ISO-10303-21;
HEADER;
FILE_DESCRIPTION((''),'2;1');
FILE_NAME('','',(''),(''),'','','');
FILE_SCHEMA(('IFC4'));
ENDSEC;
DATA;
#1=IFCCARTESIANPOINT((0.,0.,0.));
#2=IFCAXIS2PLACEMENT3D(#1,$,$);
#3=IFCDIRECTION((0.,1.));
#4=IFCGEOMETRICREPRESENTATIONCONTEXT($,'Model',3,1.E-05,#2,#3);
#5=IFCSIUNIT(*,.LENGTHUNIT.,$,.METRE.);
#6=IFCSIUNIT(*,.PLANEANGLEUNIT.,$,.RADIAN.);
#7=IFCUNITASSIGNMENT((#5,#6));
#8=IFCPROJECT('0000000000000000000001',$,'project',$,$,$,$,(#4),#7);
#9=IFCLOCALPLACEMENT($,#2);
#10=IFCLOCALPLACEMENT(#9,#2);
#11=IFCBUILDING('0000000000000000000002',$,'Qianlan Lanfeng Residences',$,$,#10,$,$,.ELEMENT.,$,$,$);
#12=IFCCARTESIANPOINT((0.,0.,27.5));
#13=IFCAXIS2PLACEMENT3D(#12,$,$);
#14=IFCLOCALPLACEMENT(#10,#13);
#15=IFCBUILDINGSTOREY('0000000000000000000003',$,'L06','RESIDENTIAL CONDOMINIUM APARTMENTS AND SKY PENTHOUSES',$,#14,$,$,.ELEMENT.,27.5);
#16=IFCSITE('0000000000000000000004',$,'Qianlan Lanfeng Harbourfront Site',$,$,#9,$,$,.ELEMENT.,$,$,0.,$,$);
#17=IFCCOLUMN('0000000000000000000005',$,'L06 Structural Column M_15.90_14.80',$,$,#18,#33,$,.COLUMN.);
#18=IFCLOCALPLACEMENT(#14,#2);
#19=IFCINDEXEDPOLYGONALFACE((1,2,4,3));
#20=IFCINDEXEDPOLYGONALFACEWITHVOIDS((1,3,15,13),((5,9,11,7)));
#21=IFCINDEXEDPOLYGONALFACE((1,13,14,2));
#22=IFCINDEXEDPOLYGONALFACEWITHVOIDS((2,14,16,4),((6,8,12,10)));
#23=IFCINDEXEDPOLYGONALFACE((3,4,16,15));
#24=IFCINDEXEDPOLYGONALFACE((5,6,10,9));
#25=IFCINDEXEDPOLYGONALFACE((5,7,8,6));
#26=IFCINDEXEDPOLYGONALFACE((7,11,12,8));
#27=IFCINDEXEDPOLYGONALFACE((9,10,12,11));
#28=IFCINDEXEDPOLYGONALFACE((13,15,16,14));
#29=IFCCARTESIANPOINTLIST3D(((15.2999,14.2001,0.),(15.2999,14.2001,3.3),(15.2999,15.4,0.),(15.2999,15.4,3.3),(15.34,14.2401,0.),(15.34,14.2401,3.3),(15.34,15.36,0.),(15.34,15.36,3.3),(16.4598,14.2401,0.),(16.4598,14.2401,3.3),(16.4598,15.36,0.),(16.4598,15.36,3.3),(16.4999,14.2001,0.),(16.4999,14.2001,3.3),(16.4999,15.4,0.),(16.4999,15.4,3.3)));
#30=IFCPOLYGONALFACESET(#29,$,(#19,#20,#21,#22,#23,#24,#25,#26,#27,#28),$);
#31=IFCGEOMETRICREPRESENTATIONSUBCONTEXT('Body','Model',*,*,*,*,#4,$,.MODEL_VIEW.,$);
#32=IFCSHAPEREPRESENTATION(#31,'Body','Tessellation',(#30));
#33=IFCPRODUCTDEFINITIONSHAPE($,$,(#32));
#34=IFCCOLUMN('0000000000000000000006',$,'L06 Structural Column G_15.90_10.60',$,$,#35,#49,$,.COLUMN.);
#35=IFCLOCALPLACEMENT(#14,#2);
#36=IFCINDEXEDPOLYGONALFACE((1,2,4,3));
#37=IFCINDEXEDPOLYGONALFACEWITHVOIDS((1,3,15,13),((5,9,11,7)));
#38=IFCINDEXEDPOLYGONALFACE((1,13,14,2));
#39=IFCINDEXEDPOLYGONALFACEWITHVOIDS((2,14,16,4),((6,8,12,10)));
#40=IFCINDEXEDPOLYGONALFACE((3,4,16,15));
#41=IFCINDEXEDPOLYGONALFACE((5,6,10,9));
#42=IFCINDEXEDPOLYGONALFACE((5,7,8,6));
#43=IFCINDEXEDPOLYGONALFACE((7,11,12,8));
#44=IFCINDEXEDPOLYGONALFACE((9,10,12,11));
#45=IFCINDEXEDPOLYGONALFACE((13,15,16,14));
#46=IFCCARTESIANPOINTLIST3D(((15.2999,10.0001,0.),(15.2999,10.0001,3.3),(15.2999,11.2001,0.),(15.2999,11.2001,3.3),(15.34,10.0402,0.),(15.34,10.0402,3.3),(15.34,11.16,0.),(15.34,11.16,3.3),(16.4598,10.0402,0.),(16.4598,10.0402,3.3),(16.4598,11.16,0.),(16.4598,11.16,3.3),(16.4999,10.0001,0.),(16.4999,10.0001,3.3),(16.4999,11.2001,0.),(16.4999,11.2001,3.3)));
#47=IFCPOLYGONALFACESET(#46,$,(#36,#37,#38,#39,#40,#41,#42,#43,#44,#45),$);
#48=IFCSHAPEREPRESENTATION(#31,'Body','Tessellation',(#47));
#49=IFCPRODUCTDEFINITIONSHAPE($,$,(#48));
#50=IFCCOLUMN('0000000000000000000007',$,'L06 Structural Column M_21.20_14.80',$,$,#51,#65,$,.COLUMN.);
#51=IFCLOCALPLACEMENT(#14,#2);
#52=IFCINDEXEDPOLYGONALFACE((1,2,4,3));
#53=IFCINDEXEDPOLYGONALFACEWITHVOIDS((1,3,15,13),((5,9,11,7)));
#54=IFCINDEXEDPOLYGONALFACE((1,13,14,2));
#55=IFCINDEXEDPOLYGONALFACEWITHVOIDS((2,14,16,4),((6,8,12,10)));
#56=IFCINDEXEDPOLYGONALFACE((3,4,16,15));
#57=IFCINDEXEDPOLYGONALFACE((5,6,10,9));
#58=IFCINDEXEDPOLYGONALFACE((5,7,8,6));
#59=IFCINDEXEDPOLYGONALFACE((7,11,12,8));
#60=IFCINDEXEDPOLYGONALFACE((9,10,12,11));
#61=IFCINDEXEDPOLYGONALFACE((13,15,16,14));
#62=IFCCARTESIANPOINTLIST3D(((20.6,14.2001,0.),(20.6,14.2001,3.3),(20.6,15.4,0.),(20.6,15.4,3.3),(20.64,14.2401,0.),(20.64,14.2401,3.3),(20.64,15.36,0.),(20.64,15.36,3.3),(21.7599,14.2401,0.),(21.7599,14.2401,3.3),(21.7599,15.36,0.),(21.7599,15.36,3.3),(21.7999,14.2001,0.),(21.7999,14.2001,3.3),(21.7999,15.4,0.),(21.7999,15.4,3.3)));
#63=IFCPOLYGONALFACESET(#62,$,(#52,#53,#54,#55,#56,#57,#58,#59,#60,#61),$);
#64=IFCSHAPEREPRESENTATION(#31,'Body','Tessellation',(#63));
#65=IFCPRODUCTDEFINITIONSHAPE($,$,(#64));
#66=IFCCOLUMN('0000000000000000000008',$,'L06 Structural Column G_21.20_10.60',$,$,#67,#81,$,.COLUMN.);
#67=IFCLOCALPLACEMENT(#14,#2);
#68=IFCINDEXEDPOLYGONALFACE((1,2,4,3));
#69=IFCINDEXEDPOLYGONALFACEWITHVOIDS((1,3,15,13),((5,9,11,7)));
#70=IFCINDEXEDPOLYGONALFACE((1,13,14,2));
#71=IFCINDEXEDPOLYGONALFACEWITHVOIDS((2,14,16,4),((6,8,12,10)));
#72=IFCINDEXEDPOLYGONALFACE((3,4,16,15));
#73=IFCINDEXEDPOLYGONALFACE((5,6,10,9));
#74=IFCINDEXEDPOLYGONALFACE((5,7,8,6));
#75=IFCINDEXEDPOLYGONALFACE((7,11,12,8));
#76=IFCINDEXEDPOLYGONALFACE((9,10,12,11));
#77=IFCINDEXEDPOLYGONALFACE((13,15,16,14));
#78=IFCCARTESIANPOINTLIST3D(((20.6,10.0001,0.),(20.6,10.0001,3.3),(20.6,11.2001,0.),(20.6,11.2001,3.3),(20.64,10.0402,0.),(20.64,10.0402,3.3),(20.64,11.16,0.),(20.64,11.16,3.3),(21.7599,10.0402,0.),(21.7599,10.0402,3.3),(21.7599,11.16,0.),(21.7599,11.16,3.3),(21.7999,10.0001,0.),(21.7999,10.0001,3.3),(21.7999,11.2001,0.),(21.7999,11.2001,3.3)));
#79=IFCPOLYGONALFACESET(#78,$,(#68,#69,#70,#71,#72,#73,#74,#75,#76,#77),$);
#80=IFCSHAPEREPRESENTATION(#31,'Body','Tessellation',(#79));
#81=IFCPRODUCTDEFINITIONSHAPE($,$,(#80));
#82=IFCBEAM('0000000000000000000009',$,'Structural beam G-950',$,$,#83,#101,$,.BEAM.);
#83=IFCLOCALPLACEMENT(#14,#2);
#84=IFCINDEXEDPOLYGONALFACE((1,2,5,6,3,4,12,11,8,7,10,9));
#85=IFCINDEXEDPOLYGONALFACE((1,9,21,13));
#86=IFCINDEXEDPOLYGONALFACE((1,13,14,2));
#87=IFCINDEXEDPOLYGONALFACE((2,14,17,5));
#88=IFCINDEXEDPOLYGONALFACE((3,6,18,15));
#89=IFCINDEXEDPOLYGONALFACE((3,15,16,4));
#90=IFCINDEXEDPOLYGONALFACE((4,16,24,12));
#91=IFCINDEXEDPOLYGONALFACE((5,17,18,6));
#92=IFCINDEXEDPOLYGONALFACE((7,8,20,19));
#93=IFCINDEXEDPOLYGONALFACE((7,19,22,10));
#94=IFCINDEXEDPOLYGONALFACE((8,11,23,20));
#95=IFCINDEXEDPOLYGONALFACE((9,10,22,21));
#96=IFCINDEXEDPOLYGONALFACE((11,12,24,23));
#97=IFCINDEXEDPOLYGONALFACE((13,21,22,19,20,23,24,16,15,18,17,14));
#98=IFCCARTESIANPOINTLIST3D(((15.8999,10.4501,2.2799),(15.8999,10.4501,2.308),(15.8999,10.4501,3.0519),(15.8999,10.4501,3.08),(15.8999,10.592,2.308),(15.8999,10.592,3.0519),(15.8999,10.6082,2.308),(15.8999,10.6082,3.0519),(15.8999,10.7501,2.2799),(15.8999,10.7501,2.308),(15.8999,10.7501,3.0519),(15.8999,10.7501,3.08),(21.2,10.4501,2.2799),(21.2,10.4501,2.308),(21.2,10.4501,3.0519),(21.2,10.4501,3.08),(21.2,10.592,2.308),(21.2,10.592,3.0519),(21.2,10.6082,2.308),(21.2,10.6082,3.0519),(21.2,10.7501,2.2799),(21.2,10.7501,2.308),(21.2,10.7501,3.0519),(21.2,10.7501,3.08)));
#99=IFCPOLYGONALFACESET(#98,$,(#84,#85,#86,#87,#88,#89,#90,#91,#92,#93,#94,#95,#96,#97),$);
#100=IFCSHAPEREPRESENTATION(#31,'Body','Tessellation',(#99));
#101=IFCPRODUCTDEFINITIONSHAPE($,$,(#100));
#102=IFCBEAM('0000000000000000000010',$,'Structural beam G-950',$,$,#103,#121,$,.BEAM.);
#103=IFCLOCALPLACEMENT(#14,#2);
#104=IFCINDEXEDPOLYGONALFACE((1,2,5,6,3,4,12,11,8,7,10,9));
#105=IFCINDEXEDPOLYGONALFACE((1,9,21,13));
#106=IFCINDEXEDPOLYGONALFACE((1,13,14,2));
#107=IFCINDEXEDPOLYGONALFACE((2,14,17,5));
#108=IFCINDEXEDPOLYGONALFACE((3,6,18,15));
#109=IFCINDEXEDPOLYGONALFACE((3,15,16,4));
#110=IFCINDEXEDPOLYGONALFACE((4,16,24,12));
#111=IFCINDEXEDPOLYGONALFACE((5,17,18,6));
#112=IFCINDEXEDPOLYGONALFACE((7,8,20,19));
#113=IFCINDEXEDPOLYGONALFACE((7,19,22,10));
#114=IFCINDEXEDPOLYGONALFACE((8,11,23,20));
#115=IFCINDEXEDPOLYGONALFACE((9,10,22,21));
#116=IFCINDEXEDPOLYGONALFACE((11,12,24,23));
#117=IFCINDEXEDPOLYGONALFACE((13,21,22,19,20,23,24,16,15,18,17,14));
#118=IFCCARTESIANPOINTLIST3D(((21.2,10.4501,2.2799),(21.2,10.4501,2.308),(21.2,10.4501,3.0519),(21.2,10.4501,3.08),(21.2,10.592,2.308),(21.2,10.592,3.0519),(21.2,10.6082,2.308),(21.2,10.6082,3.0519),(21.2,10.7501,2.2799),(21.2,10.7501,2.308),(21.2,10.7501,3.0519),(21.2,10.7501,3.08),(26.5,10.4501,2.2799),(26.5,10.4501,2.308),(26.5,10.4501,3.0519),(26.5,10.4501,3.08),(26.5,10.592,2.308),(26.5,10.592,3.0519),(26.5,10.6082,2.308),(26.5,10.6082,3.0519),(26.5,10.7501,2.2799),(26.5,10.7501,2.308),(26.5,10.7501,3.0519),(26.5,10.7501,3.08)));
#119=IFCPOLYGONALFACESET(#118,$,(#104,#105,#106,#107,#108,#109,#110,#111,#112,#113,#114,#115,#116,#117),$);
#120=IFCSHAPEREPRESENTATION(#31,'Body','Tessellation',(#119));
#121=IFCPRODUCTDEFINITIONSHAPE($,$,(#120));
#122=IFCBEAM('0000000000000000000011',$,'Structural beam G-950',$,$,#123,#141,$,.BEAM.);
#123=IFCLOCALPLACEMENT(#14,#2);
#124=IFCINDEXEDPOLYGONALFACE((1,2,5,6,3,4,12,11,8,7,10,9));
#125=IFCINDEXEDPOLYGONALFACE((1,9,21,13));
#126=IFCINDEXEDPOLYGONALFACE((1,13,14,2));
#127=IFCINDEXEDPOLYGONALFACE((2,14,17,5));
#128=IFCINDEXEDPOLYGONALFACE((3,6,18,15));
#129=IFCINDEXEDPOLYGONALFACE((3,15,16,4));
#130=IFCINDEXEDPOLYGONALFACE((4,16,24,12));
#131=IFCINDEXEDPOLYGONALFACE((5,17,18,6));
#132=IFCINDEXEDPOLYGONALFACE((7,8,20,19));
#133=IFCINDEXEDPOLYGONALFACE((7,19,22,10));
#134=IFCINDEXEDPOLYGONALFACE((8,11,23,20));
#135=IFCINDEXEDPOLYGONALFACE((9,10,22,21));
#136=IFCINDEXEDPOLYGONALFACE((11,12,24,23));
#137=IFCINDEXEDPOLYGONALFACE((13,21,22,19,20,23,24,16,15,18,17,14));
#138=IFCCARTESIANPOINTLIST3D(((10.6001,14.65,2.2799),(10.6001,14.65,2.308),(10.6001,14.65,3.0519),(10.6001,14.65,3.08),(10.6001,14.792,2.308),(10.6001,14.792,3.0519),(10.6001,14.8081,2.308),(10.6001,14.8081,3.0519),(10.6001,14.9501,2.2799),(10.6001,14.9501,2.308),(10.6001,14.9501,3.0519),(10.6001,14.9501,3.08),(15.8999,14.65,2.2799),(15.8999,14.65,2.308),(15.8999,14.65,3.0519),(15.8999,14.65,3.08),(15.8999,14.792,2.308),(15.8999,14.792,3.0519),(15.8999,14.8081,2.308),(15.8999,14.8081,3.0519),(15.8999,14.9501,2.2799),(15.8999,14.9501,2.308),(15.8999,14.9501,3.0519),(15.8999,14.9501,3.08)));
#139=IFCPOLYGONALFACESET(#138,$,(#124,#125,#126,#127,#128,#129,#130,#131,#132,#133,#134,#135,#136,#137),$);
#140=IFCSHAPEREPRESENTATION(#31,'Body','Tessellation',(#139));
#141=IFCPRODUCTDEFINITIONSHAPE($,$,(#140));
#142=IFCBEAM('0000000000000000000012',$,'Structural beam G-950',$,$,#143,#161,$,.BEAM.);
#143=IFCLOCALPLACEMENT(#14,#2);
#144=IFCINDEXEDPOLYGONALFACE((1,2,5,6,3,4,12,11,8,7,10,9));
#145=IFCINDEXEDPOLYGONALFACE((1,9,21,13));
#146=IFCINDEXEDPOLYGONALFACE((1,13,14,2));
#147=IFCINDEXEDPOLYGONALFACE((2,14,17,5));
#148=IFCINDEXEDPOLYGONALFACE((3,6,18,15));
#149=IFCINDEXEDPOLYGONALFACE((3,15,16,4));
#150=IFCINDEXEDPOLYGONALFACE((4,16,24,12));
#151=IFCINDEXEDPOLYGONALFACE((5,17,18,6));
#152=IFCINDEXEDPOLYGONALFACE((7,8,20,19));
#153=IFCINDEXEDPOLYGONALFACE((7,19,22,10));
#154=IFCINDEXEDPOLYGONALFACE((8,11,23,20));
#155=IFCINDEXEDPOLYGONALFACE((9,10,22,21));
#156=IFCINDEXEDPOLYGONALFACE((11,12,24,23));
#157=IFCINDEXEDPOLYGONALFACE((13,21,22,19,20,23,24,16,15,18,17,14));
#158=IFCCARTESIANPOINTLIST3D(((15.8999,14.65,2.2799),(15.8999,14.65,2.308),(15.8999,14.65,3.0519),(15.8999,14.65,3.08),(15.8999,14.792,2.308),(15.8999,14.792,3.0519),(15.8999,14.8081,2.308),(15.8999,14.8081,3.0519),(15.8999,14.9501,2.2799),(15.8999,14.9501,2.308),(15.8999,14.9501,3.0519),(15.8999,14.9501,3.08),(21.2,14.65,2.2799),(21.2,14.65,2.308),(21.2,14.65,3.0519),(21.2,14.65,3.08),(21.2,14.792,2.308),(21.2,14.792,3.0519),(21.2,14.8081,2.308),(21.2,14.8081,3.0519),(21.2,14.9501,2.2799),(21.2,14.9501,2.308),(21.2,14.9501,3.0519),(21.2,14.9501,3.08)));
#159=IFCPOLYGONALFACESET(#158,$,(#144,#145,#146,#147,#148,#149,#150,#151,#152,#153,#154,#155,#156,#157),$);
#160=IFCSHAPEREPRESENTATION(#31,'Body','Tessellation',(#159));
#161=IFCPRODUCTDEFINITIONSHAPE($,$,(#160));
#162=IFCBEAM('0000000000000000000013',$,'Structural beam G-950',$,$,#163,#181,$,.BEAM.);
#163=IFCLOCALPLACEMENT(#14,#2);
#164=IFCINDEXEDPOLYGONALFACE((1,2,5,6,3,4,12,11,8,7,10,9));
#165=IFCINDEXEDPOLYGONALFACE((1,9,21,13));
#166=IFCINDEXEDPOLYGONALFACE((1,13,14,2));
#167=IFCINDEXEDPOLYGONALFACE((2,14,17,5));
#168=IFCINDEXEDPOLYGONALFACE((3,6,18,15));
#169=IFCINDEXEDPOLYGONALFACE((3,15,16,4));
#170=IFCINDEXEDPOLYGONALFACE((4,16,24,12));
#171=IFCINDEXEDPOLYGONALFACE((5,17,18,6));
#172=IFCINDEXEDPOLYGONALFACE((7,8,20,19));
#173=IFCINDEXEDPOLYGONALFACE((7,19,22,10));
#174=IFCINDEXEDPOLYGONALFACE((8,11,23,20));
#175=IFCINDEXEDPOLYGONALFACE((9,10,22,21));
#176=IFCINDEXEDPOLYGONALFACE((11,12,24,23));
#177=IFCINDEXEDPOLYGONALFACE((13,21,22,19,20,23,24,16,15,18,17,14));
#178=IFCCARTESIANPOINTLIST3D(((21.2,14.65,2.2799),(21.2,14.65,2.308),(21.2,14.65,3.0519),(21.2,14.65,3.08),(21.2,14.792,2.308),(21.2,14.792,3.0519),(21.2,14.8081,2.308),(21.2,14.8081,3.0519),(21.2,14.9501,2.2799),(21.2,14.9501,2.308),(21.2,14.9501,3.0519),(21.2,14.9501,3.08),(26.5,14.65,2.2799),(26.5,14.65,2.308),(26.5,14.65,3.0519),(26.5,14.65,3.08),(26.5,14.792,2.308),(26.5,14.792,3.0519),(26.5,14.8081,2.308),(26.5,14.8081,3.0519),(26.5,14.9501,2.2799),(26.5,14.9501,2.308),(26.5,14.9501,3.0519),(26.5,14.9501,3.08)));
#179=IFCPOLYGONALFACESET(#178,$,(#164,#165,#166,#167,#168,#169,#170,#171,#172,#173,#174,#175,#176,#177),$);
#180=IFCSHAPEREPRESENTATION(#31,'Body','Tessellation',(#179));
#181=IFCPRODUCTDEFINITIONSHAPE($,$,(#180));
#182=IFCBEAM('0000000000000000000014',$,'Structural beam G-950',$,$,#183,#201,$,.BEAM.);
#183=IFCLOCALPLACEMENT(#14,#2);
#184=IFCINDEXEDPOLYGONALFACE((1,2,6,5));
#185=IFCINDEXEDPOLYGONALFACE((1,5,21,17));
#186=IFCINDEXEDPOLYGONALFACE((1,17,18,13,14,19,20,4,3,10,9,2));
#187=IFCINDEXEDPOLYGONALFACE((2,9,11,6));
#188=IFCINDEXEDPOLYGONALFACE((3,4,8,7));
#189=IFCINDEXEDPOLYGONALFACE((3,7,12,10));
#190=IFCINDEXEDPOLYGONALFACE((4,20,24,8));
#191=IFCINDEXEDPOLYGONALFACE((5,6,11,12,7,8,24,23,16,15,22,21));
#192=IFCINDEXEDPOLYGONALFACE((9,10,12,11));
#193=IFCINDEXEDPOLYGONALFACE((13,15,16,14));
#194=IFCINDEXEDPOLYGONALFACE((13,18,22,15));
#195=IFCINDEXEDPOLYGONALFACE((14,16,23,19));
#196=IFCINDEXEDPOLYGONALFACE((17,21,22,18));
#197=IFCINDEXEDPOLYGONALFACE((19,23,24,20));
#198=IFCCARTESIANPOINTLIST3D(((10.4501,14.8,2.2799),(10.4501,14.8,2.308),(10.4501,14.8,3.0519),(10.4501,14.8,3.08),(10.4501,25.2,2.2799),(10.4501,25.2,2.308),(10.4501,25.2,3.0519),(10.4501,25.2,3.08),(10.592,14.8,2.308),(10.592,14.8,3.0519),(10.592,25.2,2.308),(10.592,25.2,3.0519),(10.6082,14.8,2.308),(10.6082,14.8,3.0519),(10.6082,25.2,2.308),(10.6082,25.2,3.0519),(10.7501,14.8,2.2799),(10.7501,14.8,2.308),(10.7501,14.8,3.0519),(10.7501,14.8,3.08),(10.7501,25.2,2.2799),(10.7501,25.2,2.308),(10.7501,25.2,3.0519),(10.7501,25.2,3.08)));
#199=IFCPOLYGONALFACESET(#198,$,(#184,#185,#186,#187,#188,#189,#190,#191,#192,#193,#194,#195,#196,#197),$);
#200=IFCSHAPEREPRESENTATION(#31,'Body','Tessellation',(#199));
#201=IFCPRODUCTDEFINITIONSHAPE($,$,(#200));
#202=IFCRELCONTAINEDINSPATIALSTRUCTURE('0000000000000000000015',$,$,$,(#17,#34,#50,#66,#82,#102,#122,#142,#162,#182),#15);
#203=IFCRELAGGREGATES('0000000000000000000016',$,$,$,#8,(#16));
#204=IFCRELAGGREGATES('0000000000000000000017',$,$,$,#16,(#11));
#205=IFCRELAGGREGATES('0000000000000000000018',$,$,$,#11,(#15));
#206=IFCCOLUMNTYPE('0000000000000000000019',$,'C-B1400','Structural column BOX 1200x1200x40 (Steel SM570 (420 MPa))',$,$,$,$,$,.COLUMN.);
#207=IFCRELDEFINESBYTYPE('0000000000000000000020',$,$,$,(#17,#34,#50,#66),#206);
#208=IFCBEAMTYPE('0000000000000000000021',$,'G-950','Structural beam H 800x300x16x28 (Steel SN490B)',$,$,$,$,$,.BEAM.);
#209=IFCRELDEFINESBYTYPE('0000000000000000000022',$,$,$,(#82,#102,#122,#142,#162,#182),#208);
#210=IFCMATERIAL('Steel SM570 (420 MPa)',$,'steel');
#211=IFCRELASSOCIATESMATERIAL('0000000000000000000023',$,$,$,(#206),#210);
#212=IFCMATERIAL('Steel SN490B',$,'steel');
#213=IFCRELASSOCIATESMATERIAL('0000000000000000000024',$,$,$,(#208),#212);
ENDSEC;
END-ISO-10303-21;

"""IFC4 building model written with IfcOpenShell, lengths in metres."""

from ifc_helpers import new_model, si_unit, direction, frame, origin, origin_2d, place, context, subcontext, project, spatial, hollow_rectangle, i_section, extrude, material, material_profile, profile_set, type_object, element, save


model = new_model("IFC4")

# Units and contexts
model_context = context("Model", 3, precision=1e-05, world=origin(), true_north=direction((0.0, 1.0)))
body_context = subcontext(model_context, "Body", "Model", "MODEL_VIEW")
ifc_project = project(units=[si_unit("LENGTHUNIT", "METRE"), si_unit("PLANEANGLEUNIT", "RADIAN")], contexts=[model_context])

# Site, building, storey
site_placement = place(None, origin())
site = spatial("IfcSite", under=ifc_project, at=site_placement, Name="Qianlan Lanfeng Harbourfront Site", CompositionType="ELEMENT", RefElevation=0.0)
building_placement = place(site_placement, origin())
building = spatial("IfcBuilding", under=site, at=building_placement, Name="Qianlan Lanfeng Residences", CompositionType="ELEMENT")
storey_placement = place(building_placement, frame((0.0, 0.0, 27.5)))
storey = spatial("IfcBuildingStorey", under=building, at=storey_placement, Name="L06", Description="RESIDENTIAL CONDOMINIUM APARTMENTS AND SKY PENTHOUSES", CompositionType="ELEMENT", Elevation=27.5)

# Columns
ifc_material_1 = material(Name="Steel SM570 (420 MPa)", Category="steel")
ifc_material_profile_1 = material_profile(ifc_material_1, hollow_rectangle(XDim=1.2, YDim=1.2, WallThickness=0.04, at=origin_2d()), Name="BOX 1200x1200x40")
ifc_profile_set_1 = profile_set([ifc_material_profile_1], Name="Steel SM570 (420 MPa)")
column_type = type_object("IfcColumnType", Name="C-B1400", Description="Structural column BOX 1200x1200x40 (Steel SM570 (420 MPa))", PredefinedType="COLUMN", material=ifc_profile_set_1)
for number, where, z_axis, x_axis, name in (
    (1, (15.8999, 14.8, 0.0), (0.0, 0.0, 1.0), (1.0, 0.0, 0.0), "L06 Structural Column M_15.90_14.80"),
    (2, (15.8999, 10.6001, 0.0), (0.0, 0.0, 1.0), (1.0, 0.0, 0.0), "L06 Structural Column G_15.90_10.60"),
    (3, (21.2, 14.8, 0.0), (0.0, 0.0, 1.0), (1.0, 0.0, 0.0), "L06 Structural Column M_21.20_14.80"),
    (4, (21.2, 10.6001, 0.0), (0.0, 0.0, 1.0), (1.0, 0.0, 0.0), "L06 Structural Column G_21.20_10.60"),
):
    element("IfcColumn", number, at=place(storey_placement, frame(where, z_axis=z_axis, x_axis=x_axis)), inside=storey, type_object=column_type, Name=name, PredefinedType="COLUMN", context=body_context, shape_type="SweptSolid", body=[
        extrude(hollow_rectangle(XDim=1.2, YDim=1.2, WallThickness=0.04, at=origin_2d()), origin(), (0.0, 0.0, 1.0), 3.3),
    ])

# Beams
ifc_material_2 = material(Name="Steel SN490B", Category="steel")
ifc_material_profile_2 = material_profile(ifc_material_2, i_section(OverallWidth=0.3, OverallDepth=0.8, WebThickness=0.0161, FlangeThickness=0.0281, at=origin_2d()), Name="H 800x300x16x28")
ifc_profile_set_2 = profile_set([ifc_material_profile_2], Name="Steel SN490B")
beam_type_1 = type_object("IfcBeamType", Name="G-950", Description="Structural beam H 800x300x16x28 (Steel SN490B)", PredefinedType="BEAM", material=ifc_profile_set_2)
for number, where, z_axis, x_axis, name in (
    (5, (15.8999, 10.6001, 2.6799), (1.0, 0.0, 0.0), (0.0, 1.0, 0.0), "Structural beam G-950"),
    (6, (21.2, 10.6001, 2.6799), (1.0, 0.0, 0.0), (0.0, 1.0, 0.0), "Structural beam G-950"),
):
    element("IfcBeam", number, at=place(storey_placement, frame(where, z_axis=z_axis, x_axis=x_axis)), inside=storey, type_object=beam_type_1, Name=name, PredefinedType="BEAM", context=body_context, shape_type="SweptSolid", body=[
        extrude(i_section(OverallWidth=0.3, OverallDepth=0.8, WebThickness=0.0161, FlangeThickness=0.0281, at=origin_2d()), origin(), (0.0, 0.0, 1.0), 5.3),
    ])
beam_1_placement = place(storey_placement, frame((10.6001, 14.8, 2.6799), z_axis=(1.0, 0.0, 0.0), x_axis=(0.0, 1.0, 0.0)))
element("IfcBeam", 7, at=beam_1_placement, inside=storey, type_object=beam_type_1, Name="Structural beam G-950", PredefinedType="BEAM", context=body_context, shape_type="SweptSolid", body=[
    extrude(i_section(OverallWidth=0.3, OverallDepth=0.8, WebThickness=0.0161, FlangeThickness=0.0281, at=origin_2d()), origin(), (0.0, 0.0, 1.0), 5.2998),
])
for number, where, z_axis, x_axis, name in (
    (8, (15.8999, 14.8, 2.6799), (1.0, 0.0, 0.0), (0.0, 1.0, 0.0), "Structural beam G-950"),
    (9, (21.2, 14.8, 2.6799), (1.0, 0.0, 0.0), (0.0, 1.0, 0.0), "Structural beam G-950"),
):
    element("IfcBeam", number, at=place(storey_placement, frame(where, z_axis=z_axis, x_axis=x_axis)), inside=storey, type_object=beam_type_1, Name=name, PredefinedType="BEAM", context=body_context, shape_type="SweptSolid", body=[
        extrude(i_section(OverallWidth=0.3, OverallDepth=0.8, WebThickness=0.0161, FlangeThickness=0.0281, at=origin_2d()), origin(), (0.0, 0.0, 1.0), 5.3),
    ])
beam_2_placement = place(storey_placement, frame((10.6001, 14.8, 2.6799), z_axis=(0.0, 1.0, 0.0), x_axis=(-1.0, 0.0, 0.0)))
element("IfcBeam", 10, at=beam_2_placement, inside=storey, type_object=beam_type_1, Name="Structural beam G-950", PredefinedType="BEAM", context=body_context, shape_type="SweptSolid", body=[
    extrude(i_section(OverallWidth=0.3, OverallDepth=0.8, WebThickness=0.0161, FlangeThickness=0.0281, at=origin_2d()), origin(), (0.0, 0.0, 1.0), 10.3999),
])

save(model, "model.ifc")
